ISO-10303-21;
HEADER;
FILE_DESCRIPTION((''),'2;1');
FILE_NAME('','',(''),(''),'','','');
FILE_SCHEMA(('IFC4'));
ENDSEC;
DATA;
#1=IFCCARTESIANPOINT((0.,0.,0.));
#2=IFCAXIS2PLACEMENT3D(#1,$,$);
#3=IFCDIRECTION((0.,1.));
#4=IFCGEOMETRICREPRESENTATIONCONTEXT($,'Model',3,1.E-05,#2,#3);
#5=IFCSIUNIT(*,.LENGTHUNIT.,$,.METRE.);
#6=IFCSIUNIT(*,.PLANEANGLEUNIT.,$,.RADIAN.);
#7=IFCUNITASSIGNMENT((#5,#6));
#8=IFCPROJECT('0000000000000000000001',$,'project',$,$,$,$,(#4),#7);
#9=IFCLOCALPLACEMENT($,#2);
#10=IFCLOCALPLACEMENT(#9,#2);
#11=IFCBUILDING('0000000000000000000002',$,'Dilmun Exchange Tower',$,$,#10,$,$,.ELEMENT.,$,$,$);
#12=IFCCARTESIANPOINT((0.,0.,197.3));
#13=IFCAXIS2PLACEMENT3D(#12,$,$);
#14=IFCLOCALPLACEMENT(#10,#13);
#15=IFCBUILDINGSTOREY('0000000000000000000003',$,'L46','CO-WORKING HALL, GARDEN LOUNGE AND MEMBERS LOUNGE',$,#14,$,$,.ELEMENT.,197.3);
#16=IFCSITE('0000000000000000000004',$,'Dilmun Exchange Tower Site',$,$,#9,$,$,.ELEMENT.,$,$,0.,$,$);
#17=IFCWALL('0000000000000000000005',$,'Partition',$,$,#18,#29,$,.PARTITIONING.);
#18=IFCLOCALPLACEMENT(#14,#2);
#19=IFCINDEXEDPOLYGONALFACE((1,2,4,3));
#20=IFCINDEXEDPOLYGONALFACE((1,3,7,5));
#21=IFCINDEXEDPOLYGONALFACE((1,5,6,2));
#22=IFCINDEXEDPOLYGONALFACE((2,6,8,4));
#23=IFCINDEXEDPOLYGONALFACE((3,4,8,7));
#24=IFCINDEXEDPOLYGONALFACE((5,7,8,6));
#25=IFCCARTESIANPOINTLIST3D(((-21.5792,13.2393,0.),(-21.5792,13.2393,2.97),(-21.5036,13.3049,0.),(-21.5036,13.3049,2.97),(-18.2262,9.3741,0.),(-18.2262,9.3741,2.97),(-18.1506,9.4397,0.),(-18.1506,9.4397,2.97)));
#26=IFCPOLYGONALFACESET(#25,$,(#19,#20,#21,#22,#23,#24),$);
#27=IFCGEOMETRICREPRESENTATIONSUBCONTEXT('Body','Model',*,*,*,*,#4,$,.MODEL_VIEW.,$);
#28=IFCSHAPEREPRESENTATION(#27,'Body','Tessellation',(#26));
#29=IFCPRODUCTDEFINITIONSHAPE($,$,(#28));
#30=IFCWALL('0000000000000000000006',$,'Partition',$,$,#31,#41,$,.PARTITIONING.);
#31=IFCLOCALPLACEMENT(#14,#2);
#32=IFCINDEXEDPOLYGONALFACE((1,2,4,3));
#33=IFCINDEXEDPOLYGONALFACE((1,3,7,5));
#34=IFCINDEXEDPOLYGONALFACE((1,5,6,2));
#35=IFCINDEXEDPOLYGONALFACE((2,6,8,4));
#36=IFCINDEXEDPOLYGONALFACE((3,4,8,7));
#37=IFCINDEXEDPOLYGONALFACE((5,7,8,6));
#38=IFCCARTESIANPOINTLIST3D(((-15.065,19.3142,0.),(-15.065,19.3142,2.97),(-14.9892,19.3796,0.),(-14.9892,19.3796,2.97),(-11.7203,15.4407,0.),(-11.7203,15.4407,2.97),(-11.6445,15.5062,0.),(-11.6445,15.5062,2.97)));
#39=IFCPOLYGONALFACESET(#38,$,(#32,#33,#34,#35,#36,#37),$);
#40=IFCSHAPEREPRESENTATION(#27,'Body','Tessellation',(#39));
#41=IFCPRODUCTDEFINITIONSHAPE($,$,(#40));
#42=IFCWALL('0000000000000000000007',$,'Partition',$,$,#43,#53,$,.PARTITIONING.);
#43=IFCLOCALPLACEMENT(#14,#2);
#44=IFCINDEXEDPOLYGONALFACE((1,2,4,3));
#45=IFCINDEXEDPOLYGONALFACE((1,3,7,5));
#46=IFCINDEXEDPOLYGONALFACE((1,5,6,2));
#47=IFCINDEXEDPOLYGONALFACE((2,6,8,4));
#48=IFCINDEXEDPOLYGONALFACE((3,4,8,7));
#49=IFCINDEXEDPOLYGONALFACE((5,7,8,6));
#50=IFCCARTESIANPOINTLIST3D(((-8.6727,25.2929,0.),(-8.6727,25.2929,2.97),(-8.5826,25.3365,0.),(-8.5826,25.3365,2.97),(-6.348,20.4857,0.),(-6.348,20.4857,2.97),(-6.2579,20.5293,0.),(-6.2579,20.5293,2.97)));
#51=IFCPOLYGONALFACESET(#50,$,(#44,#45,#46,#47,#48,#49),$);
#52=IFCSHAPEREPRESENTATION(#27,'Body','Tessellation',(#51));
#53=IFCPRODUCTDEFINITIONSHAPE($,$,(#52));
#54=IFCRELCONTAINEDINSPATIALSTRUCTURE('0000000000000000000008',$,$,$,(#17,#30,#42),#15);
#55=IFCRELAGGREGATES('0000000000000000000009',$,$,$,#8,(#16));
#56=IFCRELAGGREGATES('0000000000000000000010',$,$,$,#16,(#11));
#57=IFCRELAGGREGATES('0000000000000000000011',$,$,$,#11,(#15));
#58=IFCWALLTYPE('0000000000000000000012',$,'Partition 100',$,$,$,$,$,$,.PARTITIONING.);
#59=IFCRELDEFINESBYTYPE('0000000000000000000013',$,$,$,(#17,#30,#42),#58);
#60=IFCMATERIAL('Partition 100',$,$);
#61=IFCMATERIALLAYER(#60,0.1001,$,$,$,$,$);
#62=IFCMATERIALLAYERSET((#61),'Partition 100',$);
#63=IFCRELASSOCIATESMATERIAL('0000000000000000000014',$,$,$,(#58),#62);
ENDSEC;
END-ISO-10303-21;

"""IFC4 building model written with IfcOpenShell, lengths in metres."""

from ifc_helpers import new_model, si_unit, direction, frame, frame_2d, origin, place, context, subcontext, project, spatial, rectangle, extrude, material, layer, layer_set, type_object, element, save


model = new_model("IFC4")

# Units and contexts
model_context = context("Model", 3, precision=1e-05, world=origin(), true_north=direction((0.0, 1.0)))
body_context = subcontext(model_context, "Body", "Model", "MODEL_VIEW")
ifc_project = project(units=[si_unit("LENGTHUNIT", "METRE"), si_unit("PLANEANGLEUNIT", "RADIAN")], contexts=[model_context])

# Site, building, storey
site_placement = place(None, origin())
site = spatial("IfcSite", under=ifc_project, at=site_placement, Name="Dilmun Exchange Tower Site", CompositionType="ELEMENT", RefElevation=0.0)
building_placement = place(site_placement, origin())
building = spatial("IfcBuilding", under=site, at=building_placement, Name="Dilmun Exchange Tower", CompositionType="ELEMENT")
storey_placement = place(building_placement, frame((0.0, 0.0, 197.3)))
storey = spatial("IfcBuildingStorey", under=building, at=storey_placement, Name="L46", Description="CO-WORKING HALL, GARDEN LOUNGE AND MEMBERS LOUNGE", CompositionType="ELEMENT", Elevation=197.3)

# Walls
ifc_material_1 = material(Name="Partition 100")
ifc_layer_1 = layer(ifc_material_1, 0.1001)
ifc_layer_set_1 = layer_set([ifc_layer_1], Name="Partition 100")
wall_type_1 = type_object("IfcWallType", Name="Partition 100", PredefinedType="PARTITIONING", material=ifc_layer_set_1)
wall_1_placement = place(storey_placement, frame((-21.5415, 13.2722, 0.0), z_axis=(0.0, 0.0, 1.0), x_axis=(0.655283, -0.755384, 0.0)))
element("IfcWall", 1, at=wall_1_placement, inside=storey, type_object=wall_type_1, Name="Partition", PredefinedType="PARTITIONING", context=body_context, shape_type="SweptSolid", body=[
    extrude(rectangle(XDim=5.1169, YDim=0.1001, at=frame_2d((2.5586, 0.0))), origin(), (0.0, 0.0, 1.0), 2.97),
])
wall_2_placement = place(storey_placement, frame((-15.0271, 19.3469, 0.0), z_axis=(0.0, 0.0, 1.0), x_axis=(0.653553, -0.756881, 0.0)))
element("IfcWall", 2, at=wall_2_placement, inside=storey, type_object=wall_type_1, Name="Partition", PredefinedType="PARTITIONING", context=body_context, shape_type="SweptSolid", body=[
    extrude(rectangle(XDim=5.1177, YDim=0.1001, at=frame_2d((2.5588, 0.0))), origin(), (0.0, 0.0, 1.0), 2.97),
])
wall_3_placement = place(storey_placement, frame((-8.6277, 25.3147, 0.0), z_axis=(0.0, 0.0, 1.0), x_axis=(0.43536, -0.900256, 0.0)))
element("IfcWall", 3, at=wall_3_placement, inside=storey, type_object=wall_type_1, Name="Partition", PredefinedType="PARTITIONING", context=body_context, shape_type="SweptSolid", body=[
    extrude(rectangle(XDim=5.3398, YDim=0.1001, at=frame_2d((2.6699, 0.0))), origin(), (0.0, 0.0, 1.0), 2.97),
])

save(model, "model.ifc")
